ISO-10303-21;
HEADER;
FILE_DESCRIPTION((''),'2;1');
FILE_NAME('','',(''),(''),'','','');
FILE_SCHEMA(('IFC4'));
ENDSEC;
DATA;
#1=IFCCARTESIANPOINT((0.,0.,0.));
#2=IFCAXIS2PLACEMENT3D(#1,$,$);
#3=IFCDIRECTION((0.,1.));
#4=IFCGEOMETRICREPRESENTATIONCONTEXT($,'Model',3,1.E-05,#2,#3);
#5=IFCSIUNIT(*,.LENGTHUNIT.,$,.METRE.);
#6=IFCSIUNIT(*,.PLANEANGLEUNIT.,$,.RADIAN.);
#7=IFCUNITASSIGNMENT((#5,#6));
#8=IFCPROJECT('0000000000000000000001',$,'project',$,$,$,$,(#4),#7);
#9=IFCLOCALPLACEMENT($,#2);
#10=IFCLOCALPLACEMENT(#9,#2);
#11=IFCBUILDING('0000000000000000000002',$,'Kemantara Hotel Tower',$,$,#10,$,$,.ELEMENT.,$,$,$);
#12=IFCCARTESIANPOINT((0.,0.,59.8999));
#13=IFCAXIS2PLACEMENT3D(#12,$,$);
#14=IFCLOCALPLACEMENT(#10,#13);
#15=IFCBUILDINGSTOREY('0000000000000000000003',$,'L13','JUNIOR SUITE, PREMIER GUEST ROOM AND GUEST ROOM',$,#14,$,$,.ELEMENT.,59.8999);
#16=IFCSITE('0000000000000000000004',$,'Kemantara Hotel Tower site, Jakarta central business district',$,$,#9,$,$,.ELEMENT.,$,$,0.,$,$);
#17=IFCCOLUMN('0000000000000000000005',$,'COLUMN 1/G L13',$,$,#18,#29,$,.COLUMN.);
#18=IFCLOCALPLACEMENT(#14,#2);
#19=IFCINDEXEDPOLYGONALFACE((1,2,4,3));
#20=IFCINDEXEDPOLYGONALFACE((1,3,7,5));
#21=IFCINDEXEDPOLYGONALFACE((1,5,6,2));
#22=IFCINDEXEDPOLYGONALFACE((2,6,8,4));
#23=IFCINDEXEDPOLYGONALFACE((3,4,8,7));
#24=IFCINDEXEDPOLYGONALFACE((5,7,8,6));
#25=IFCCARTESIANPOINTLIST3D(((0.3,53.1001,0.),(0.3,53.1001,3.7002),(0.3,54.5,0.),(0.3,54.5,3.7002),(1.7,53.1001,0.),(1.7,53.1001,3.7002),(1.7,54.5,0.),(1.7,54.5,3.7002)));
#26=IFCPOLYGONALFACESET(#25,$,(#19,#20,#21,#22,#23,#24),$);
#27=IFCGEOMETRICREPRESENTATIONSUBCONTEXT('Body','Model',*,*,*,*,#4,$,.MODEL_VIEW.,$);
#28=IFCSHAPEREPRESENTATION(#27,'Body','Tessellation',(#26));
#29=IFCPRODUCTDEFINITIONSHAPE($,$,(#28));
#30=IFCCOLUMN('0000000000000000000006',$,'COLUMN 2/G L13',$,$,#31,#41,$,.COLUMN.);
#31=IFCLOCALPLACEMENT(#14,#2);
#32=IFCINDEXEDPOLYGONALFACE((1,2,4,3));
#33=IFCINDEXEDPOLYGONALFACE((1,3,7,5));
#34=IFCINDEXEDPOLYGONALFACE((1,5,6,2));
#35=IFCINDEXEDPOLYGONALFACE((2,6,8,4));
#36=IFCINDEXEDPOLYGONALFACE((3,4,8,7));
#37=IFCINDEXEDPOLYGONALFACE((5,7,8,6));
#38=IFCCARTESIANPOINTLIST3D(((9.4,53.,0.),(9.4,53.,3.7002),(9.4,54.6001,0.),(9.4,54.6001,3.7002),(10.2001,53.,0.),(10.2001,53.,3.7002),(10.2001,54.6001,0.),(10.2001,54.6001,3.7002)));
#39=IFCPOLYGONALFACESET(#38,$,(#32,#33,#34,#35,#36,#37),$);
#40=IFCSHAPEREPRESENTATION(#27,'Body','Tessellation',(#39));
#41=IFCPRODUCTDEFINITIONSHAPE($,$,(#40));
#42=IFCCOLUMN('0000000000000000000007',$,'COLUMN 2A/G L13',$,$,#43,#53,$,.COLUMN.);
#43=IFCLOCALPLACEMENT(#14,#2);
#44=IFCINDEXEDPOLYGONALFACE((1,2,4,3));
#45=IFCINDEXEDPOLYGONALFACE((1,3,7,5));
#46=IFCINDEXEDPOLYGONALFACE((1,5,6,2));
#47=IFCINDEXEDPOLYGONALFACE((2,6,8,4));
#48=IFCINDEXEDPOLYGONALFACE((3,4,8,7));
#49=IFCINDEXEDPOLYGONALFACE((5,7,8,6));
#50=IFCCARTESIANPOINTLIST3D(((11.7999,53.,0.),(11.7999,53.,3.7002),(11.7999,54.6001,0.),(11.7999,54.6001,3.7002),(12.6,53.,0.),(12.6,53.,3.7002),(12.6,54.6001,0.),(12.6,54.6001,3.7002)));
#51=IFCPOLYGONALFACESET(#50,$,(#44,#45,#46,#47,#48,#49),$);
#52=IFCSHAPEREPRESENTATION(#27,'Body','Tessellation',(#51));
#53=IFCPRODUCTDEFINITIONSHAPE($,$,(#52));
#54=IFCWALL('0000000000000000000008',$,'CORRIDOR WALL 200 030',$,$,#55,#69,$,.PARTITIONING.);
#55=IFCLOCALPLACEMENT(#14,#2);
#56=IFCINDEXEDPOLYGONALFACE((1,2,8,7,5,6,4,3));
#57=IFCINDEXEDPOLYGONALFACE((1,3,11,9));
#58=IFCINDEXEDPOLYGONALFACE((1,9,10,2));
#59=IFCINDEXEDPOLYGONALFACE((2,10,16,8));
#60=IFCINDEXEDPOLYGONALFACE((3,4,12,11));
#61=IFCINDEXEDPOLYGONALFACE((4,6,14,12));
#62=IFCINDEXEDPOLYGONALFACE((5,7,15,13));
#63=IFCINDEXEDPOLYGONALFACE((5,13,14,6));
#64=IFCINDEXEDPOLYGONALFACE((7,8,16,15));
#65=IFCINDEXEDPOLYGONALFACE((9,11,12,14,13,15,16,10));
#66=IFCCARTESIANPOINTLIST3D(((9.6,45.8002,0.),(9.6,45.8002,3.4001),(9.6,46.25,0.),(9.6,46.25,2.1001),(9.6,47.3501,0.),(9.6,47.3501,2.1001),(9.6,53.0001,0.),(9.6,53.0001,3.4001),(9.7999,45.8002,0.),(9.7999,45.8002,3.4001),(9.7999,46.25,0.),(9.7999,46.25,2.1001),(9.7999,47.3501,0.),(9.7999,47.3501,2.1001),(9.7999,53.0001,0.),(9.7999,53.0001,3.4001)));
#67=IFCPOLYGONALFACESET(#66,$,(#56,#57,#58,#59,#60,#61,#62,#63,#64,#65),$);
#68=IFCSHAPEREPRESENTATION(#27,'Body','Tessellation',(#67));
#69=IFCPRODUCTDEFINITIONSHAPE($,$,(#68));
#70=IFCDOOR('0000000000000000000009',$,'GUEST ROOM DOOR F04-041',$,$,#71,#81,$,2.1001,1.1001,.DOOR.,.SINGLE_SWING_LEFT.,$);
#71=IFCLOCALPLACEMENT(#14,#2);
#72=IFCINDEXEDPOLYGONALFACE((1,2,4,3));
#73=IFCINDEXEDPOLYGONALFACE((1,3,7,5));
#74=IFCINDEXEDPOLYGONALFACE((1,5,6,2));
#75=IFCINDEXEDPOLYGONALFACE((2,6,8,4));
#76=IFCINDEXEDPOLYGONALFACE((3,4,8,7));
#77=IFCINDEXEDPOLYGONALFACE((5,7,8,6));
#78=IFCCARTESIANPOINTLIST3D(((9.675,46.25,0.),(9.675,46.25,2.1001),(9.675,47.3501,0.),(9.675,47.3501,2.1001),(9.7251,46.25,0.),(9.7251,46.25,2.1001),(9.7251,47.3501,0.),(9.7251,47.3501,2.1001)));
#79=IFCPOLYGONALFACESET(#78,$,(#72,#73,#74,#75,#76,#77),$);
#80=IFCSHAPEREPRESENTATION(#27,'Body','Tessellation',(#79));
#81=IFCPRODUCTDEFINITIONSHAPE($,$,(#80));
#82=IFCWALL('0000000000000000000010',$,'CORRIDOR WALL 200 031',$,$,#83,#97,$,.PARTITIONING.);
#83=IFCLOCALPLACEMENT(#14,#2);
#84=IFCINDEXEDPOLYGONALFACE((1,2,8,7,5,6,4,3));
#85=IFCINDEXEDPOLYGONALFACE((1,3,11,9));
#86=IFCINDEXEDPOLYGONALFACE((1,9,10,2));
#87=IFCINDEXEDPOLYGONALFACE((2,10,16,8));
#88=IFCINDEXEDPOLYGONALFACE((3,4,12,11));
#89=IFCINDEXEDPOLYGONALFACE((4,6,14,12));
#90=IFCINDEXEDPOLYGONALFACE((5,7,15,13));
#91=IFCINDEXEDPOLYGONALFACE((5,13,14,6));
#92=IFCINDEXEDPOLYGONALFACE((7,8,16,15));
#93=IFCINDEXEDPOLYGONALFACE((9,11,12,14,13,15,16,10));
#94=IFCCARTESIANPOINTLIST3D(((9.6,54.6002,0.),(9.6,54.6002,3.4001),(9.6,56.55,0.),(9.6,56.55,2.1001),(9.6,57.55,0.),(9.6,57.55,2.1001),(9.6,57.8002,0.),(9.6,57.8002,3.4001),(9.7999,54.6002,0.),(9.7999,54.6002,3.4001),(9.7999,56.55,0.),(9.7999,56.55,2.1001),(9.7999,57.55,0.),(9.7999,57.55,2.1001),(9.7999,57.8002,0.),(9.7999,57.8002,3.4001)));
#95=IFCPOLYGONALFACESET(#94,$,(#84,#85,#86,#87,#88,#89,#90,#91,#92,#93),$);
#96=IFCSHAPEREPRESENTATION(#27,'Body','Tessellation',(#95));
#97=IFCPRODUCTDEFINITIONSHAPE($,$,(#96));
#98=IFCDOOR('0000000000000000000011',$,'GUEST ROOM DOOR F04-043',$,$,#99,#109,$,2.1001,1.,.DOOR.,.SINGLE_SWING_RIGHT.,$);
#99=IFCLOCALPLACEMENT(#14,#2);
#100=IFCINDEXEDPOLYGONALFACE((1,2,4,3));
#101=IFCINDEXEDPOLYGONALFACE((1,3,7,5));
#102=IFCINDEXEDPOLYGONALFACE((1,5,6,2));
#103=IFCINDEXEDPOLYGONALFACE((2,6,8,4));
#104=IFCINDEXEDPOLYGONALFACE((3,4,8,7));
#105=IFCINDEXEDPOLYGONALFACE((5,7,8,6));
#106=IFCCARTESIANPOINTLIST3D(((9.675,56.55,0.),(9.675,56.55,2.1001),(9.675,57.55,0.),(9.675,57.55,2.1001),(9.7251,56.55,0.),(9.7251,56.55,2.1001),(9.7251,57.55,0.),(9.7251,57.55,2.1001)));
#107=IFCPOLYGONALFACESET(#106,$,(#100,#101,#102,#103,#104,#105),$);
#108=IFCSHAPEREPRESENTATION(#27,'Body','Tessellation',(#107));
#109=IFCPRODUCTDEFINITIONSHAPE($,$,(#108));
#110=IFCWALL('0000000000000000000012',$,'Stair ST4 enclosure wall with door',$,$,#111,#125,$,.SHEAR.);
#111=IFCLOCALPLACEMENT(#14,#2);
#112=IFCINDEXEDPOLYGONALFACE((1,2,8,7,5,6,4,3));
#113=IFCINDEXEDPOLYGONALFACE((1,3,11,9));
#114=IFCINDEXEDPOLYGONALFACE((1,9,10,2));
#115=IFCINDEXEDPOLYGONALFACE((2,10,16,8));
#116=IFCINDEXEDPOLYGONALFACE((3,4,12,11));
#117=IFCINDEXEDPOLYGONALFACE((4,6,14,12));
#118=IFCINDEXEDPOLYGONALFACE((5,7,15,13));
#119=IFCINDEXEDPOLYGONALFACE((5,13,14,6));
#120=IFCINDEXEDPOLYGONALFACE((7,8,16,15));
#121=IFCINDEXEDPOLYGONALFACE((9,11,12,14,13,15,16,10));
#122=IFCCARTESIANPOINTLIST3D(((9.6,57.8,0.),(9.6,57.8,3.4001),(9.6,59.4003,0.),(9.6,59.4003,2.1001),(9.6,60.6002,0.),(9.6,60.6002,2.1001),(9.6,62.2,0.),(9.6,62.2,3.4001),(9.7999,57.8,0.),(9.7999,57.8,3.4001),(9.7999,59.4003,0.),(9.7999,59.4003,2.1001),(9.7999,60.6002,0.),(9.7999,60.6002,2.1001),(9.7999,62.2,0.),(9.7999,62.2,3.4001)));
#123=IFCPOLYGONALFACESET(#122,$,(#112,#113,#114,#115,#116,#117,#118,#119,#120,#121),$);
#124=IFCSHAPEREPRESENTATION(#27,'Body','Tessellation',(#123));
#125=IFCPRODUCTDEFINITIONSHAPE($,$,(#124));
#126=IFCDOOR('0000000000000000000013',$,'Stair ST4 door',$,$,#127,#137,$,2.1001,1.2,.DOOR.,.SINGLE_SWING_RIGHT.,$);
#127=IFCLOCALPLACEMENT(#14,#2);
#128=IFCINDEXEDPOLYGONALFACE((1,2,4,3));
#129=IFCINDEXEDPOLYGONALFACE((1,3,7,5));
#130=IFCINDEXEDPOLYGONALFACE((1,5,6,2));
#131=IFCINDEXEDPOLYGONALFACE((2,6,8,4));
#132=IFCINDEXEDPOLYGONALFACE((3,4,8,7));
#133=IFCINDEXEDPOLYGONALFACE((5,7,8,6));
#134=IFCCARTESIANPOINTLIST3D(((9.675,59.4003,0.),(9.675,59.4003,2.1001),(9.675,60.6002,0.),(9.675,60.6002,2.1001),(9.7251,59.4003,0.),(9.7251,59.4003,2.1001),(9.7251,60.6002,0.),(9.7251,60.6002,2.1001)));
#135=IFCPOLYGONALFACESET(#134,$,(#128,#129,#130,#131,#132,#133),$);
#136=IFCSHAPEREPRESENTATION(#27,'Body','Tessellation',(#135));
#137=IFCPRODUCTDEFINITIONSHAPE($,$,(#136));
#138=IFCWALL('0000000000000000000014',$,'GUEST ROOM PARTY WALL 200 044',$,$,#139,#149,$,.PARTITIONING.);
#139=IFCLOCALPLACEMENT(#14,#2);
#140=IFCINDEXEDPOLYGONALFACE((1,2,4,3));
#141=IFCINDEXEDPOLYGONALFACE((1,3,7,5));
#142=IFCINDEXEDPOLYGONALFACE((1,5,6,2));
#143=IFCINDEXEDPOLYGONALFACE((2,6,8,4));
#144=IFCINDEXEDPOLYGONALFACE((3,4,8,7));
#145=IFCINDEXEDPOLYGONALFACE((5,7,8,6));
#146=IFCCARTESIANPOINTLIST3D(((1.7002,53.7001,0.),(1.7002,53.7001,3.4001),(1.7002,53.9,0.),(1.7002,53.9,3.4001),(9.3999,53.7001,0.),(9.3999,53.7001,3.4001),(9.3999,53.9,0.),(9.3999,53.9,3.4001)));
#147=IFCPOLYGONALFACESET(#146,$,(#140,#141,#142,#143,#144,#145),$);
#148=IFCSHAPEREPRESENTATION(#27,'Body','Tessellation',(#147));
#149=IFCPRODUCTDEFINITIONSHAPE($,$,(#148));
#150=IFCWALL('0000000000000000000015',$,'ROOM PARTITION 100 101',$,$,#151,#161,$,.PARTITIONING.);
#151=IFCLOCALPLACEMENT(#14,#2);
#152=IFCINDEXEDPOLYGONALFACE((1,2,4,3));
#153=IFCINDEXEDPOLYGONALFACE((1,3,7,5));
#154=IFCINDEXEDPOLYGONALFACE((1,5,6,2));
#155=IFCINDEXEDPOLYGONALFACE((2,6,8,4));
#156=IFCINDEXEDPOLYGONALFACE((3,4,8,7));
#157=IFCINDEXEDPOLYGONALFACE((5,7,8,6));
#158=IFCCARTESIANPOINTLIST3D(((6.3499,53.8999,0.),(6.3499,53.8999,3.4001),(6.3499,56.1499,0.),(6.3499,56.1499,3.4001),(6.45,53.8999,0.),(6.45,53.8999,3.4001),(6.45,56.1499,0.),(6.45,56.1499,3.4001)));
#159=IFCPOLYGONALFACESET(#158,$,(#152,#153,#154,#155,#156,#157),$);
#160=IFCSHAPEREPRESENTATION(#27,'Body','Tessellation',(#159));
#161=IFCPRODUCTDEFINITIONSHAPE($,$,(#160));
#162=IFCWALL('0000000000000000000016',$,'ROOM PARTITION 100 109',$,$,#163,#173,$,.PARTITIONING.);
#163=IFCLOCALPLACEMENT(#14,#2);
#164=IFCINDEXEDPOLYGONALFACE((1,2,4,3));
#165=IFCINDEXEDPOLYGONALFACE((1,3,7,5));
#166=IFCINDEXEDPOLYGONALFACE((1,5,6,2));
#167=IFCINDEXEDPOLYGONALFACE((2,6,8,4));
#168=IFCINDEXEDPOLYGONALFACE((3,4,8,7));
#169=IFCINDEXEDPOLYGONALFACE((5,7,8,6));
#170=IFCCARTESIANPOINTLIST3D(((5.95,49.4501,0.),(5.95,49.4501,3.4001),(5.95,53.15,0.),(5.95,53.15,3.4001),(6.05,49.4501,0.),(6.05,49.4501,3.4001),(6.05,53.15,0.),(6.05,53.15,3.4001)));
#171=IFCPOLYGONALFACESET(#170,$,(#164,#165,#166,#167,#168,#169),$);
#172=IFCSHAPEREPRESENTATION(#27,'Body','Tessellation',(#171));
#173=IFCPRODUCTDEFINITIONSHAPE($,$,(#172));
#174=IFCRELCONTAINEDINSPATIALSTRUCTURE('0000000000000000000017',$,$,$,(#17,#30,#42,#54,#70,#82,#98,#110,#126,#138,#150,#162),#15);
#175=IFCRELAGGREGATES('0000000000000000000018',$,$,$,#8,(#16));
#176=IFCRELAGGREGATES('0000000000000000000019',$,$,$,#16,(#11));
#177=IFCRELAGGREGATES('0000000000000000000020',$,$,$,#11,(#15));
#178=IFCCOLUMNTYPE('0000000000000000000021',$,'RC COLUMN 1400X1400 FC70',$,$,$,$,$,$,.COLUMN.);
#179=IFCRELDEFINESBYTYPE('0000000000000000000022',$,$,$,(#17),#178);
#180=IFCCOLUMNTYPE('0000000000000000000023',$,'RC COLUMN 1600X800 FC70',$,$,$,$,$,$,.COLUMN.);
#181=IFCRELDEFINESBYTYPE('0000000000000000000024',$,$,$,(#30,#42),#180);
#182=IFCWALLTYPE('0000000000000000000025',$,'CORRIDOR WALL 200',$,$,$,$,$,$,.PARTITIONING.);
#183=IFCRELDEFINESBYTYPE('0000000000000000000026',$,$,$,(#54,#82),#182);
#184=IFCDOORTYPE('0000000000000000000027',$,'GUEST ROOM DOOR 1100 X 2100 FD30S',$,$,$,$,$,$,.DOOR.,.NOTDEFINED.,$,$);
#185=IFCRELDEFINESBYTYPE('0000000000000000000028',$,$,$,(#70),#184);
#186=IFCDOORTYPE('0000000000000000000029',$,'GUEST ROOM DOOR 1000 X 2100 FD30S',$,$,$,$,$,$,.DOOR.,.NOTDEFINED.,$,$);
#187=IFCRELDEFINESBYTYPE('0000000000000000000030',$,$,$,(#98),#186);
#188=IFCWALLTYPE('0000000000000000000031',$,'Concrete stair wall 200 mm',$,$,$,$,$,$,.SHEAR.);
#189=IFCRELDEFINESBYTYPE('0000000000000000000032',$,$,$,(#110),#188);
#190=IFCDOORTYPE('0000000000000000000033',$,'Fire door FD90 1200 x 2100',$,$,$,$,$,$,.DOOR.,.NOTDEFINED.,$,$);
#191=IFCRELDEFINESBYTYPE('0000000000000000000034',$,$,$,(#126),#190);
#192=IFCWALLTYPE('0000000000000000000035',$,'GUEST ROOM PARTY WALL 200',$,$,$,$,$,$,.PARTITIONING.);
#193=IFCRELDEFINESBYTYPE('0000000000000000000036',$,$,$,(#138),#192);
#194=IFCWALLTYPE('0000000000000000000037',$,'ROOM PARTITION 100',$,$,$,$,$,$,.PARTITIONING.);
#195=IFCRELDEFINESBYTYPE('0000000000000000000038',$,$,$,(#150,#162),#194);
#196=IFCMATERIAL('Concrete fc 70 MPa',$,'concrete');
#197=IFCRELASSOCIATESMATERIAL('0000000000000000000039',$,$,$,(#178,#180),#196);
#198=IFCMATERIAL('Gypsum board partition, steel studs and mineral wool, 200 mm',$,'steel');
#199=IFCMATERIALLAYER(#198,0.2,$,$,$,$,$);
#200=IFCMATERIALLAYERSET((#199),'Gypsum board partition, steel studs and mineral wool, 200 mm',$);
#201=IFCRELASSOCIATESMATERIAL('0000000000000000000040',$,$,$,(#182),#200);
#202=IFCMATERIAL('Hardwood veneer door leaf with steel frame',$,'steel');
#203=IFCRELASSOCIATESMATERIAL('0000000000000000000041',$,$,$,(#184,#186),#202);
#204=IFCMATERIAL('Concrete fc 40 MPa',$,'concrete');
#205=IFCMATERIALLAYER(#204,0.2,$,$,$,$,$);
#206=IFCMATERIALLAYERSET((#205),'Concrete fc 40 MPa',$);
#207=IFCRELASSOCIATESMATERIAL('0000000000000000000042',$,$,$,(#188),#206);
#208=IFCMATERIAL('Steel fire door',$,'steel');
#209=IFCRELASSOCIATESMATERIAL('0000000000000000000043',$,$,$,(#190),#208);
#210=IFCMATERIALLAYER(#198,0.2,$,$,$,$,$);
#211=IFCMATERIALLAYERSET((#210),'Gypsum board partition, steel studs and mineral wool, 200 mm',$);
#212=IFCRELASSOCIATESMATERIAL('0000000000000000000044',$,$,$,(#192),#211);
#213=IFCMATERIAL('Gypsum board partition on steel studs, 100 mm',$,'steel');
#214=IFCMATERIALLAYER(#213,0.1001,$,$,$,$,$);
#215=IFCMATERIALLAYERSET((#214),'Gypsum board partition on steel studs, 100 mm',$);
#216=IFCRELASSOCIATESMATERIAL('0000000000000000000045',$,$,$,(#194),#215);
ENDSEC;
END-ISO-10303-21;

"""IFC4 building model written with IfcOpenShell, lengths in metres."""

from ifc_helpers import new_model, si_unit, direction, frame, frame_2d, origin, origin_2d, place, context, subcontext, project, spatial, rectangle, extrude, material, layer, layer_set, material_profile, profile_set, type_object, element, fill, save


model = new_model("IFC4")

# Units and contexts
model_context = context("Model", 3, precision=1e-05, world=origin(), true_north=direction((0.0, 1.0)))
body_context = subcontext(model_context, "Body", "Model", "MODEL_VIEW")
ifc_project = project(units=[si_unit("LENGTHUNIT", "METRE"), si_unit("PLANEANGLEUNIT", "RADIAN")], contexts=[model_context])

# Site, building, storey
site_placement = place(None, origin())
site = spatial("IfcSite", under=ifc_project, at=site_placement, Name="Kemantara Hotel Tower site, Jakarta central business district", CompositionType="ELEMENT", RefElevation=0.0)
building_placement = place(site_placement, origin())
building = spatial("IfcBuilding", under=site, at=building_placement, Name="Kemantara Hotel Tower", CompositionType="ELEMENT")
storey_placement = place(building_placement, frame((0.0, 0.0, 59.8999)))
storey = spatial("IfcBuildingStorey", under=building, at=storey_placement, Name="L13", Description="JUNIOR SUITE, PREMIER GUEST ROOM AND GUEST ROOM", CompositionType="ELEMENT", Elevation=59.8999)

# Columns
ifc_material_1 = material(Name="Concrete fc 70 MPa", Category="concrete")
ifc_material_profile_1 = material_profile(ifc_material_1, rectangle(XDim=1.3999, YDim=1.3999, at=origin_2d()), Name="RC 1400X1400")
ifc_profile_set_1 = profile_set([ifc_material_profile_1], Name="Concrete fc 70 MPa")
column_type_1 = type_object("IfcColumnType", Name="RC COLUMN 1400X1400 FC70", PredefinedType="COLUMN", material=ifc_profile_set_1)
column_placement = place(storey_placement, frame((1.0, 53.8, 0.0), z_axis=(0.0, 0.0, 1.0), x_axis=(1.0, 0.0, 0.0)))
element("IfcColumn", 1, at=column_placement, inside=storey, type_object=column_type_1, Name="COLUMN 1/G L13", PredefinedType="COLUMN", context=body_context, shape_type="SweptSolid", body=[
    extrude(rectangle(XDim=1.3999, YDim=1.3999, at=origin_2d()), origin(), (0.0, 0.0, 1.0), 3.7002),
])
ifc_material_profile_2 = material_profile(ifc_material_1, rectangle(XDim=1.6001, YDim=0.8, at=origin_2d()), Name="RC 1600X800")
ifc_profile_set_2 = profile_set([ifc_material_profile_2], Name="Concrete fc 70 MPa")
column_type_2 = type_object("IfcColumnType", Name="RC COLUMN 1600X800 FC70", PredefinedType="COLUMN", material=ifc_profile_set_2)
for number, where, z_axis, x_axis, name in (
    (2, (9.8, 53.8, 0.0), (0.0, 0.0, 1.0), (0.0, 1.0, 0.0), "COLUMN 2/G L13"),
    (3, (12.2, 53.8, 0.0), (0.0, 0.0, 1.0), (0.0, 1.0, 0.0), "COLUMN 2A/G L13"),
):
    element("IfcColumn", number, at=place(storey_placement, frame(where, z_axis=z_axis, x_axis=x_axis)), inside=storey, type_object=column_type_2, Name=name, PredefinedType="COLUMN", context=body_context, shape_type="SweptSolid", body=[
        extrude(rectangle(XDim=1.6001, YDim=0.8, at=origin_2d()), origin(), (0.0, 0.0, 1.0), 3.7002),
    ])

# Walls, openings, doors
ifc_material_2 = material(Name="Gypsum board partition, steel studs and mineral wool, 200 mm", Category="steel")
ifc_layer_1 = layer(ifc_material_2, 0.2)
ifc_layer_set_1 = layer_set([ifc_layer_1], Name="Gypsum board partition, steel studs and mineral wool, 200 mm")
wall_type_1 = type_object("IfcWallType", Name="CORRIDOR WALL 200", PredefinedType="PARTITIONING", material=ifc_layer_set_1)
wall_1_placement = place(storey_placement, frame((9.7, 45.8, 0.0), z_axis=(0.0, 0.0, 1.0), x_axis=(0.0, 1.0, 0.0)))
wall_1 = element("IfcWall", 4, at=wall_1_placement, inside=storey, type_object=wall_type_1, Name="CORRIDOR WALL 200 030", PredefinedType="PARTITIONING", context=body_context, shape_type="SweptSolid", body=[
    extrude(rectangle(XDim=7.2, YDim=0.2, at=frame_2d((3.6001, 0.0))), origin(), (0.0, 0.0, 1.0), 3.4001),
])
opening_1_placement = place(wall_1_placement, frame((0.45, 0.0, 0.0)))
opening_1 = element("IfcOpeningElement", 5, at=opening_1_placement, cuts=wall_1, PredefinedType="OPENING", context=body_context, shape_type="SweptSolid", body=[
    extrude(rectangle(XDim=1.1001, YDim=2.1001, at=frame_2d((0.55, 1.05))), frame((0.0, 0.1099, 0.0), z_axis=(0.0, -1.0, 0.0), x_axis=(1.0, 0.0, 0.0)), (0.0, 0.0, 1.0), 0.22),
])
ifc_material_3 = material(Name="Hardwood veneer door leaf with steel frame", Category="steel")
door_type_1 = type_object("IfcDoorType", Name="GUEST ROOM DOOR 1100 X 2100 FD30S", OperationType="NOTDEFINED", PredefinedType="DOOR", material=ifc_material_3)
door_1_placement = place(opening_1_placement, origin())
door_1 = element("IfcDoor", 6, at=door_1_placement, inside=storey, type_object=door_type_1, Name="GUEST ROOM DOOR F04-041", OperationType="SINGLE_SWING_LEFT", OverallHeight=2.1001, OverallWidth=1.1001, PredefinedType="DOOR", context=body_context, shape_type="SweptSolid", body=[
    extrude(rectangle(XDim=1.1001, YDim=2.1001, at=frame_2d((0.55, 1.05))), frame((0.0, 0.0249, 0.0), z_axis=(0.0, -1.0, 0.0), x_axis=(1.0, 0.0, 0.0)), (0.0, 0.0, 1.0), 0.05),
])
fill(opening_1, door_1)
wall_2_placement = place(storey_placement, frame((9.7, 54.6001, 0.0), z_axis=(0.0, 0.0, 1.0), x_axis=(0.0, 1.0, 0.0)))
wall_2 = element("IfcWall", 7, at=wall_2_placement, inside=storey, type_object=wall_type_1, Name="CORRIDOR WALL 200 031", PredefinedType="PARTITIONING", context=body_context, shape_type="SweptSolid", body=[
    extrude(rectangle(XDim=3.2, YDim=0.2, at=frame_2d((1.6001, 0.0))), origin(), (0.0, 0.0, 1.0), 3.4001),
])
opening_2_placement = place(wall_2_placement, frame((1.95, 0.0, 0.0)))
opening_2 = element("IfcOpeningElement", 8, at=opening_2_placement, cuts=wall_2, PredefinedType="OPENING", context=body_context, shape_type="SweptSolid", body=[
    extrude(rectangle(XDim=1.0, YDim=2.1001, at=frame_2d((0.5, 1.05))), frame((0.0, 0.1099, 0.0), z_axis=(0.0, -1.0, 0.0), x_axis=(1.0, 0.0, 0.0)), (0.0, 0.0, 1.0), 0.22),
])
door_type_2 = type_object("IfcDoorType", Name="GUEST ROOM DOOR 1000 X 2100 FD30S", OperationType="NOTDEFINED", PredefinedType="DOOR", material=ifc_material_3)
door_2_placement = place(opening_2_placement, origin())
door_2 = element("IfcDoor", 9, at=door_2_placement, inside=storey, type_object=door_type_2, Name="GUEST ROOM DOOR F04-043", OperationType="SINGLE_SWING_RIGHT", OverallHeight=2.1001, OverallWidth=1.0, PredefinedType="DOOR", context=body_context, shape_type="SweptSolid", body=[
    extrude(rectangle(XDim=1.0, YDim=2.1001, at=frame_2d((0.5, 1.05))), frame((0.0, 0.0249, 0.0), z_axis=(0.0, -1.0, 0.0), x_axis=(1.0, 0.0, 0.0)), (0.0, 0.0, 1.0), 0.05),
])
fill(opening_2, door_2)
ifc_material_4 = material(Name="Concrete fc 40 MPa", Category="concrete")
ifc_layer_2 = layer(ifc_material_4, 0.2)
ifc_layer_set_2 = layer_set([ifc_layer_2], Name="Concrete fc 40 MPa")
wall_type_2 = type_object("IfcWallType", Name="Concrete stair wall 200 mm", PredefinedType="SHEAR", material=ifc_layer_set_2)
wall_3_placement = place(storey_placement, frame((9.7, 57.8, 0.0), z_axis=(0.0, 0.0, 1.0), x_axis=(0.0, 1.0, 0.0)))
wall_3 = element("IfcWall", 10, at=wall_3_placement, inside=storey, type_object=wall_type_2, Name="Stair ST4 enclosure wall with door", PredefinedType="SHEAR", context=body_context, shape_type="SweptSolid", body=[
    extrude(rectangle(XDim=4.3999, YDim=0.2, at=frame_2d((2.2, 0.0))), origin(), (0.0, 0.0, 1.0), 3.4001),
])
opening_3_placement = place(wall_3_placement, frame((1.6001, 0.0, 0.0)))
opening_3 = element("IfcOpeningElement", 11, at=opening_3_placement, cuts=wall_3, PredefinedType="OPENING", context=body_context, shape_type="SweptSolid", body=[
    extrude(rectangle(XDim=1.2, YDim=2.1001, at=frame_2d((0.6001, 1.05))), frame((0.0, 0.1099, 0.0), z_axis=(0.0, -1.0, 0.0), x_axis=(1.0, 0.0, 0.0)), (0.0, 0.0, 1.0), 0.22),
])
ifc_material_5 = material(Name="Steel fire door", Category="steel")
door_type_3 = type_object("IfcDoorType", Name="Fire door FD90 1200 x 2100", OperationType="NOTDEFINED", PredefinedType="DOOR", material=ifc_material_5)
door_3_placement = place(opening_3_placement, origin())
door_3 = element("IfcDoor", 12, at=door_3_placement, inside=storey, type_object=door_type_3, Name="Stair ST4 door", OperationType="SINGLE_SWING_RIGHT", OverallHeight=2.1001, OverallWidth=1.2, PredefinedType="DOOR", context=body_context, shape_type="SweptSolid", body=[
    extrude(rectangle(XDim=1.2, YDim=2.1001, at=frame_2d((0.6001, 1.05))), frame((0.0, 0.0249, 0.0), z_axis=(0.0, -1.0, 0.0), x_axis=(1.0, 0.0, 0.0)), (0.0, 0.0, 1.0), 0.05),
])
fill(opening_3, door_3)

# Walls
ifc_layer_3 = layer(ifc_material_2, 0.2)
ifc_layer_set_3 = layer_set([ifc_layer_3], Name="Gypsum board partition, steel studs and mineral wool, 200 mm")
wall_type_3 = type_object("IfcWallType", Name="GUEST ROOM PARTY WALL 200", PredefinedType="PARTITIONING", material=ifc_layer_set_3)
wall_4_placement = place(storey_placement, frame((1.7002, 53.8, 0.0), z_axis=(0.0, 0.0, 1.0), x_axis=(1.0, 0.0, 0.0)))
element("IfcWall", 13, at=wall_4_placement, inside=storey, type_object=wall_type_3, Name="GUEST ROOM PARTY WALL 200 044", PredefinedType="PARTITIONING", context=body_context, shape_type="SweptSolid", body=[
    extrude(rectangle(XDim=7.6997, YDim=0.2, at=frame_2d((3.8499, 0.0))), origin(), (0.0, 0.0, 1.0), 3.4001),
])
ifc_material_6 = material(Name="Gypsum board partition on steel studs, 100 mm", Category="steel")
ifc_layer_4 = layer(ifc_material_6, 0.1001)
ifc_layer_set_4 = layer_set([ifc_layer_4], Name="Gypsum board partition on steel studs, 100 mm")
wall_type_4 = type_object("IfcWallType", Name="ROOM PARTITION 100", PredefinedType="PARTITIONING", material=ifc_layer_set_4)
wall_5_placement = place(storey_placement, frame((6.3999, 53.8999, 0.0), z_axis=(0.0, 0.0, 1.0), x_axis=(0.0, 1.0, 0.0)))
element("IfcWall", 14, at=wall_5_placement, inside=storey, type_object=wall_type_4, Name="ROOM PARTITION 100 101", PredefinedType="PARTITIONING", context=body_context, shape_type="SweptSolid", body=[
    extrude(rectangle(XDim=2.25, YDim=0.1001, at=frame_2d((1.125, 0.0))), origin(), (0.0, 0.0, 1.0), 3.4001),
])
wall_6_placement = place(storey_placement, frame((6.0, 49.45, 0.0), z_axis=(0.0, 0.0, 1.0), x_axis=(0.0, 1.0, 0.0)))
element("IfcWall", 15, at=wall_6_placement, inside=storey, type_object=wall_type_4, Name="ROOM PARTITION 100 109", PredefinedType="PARTITIONING", context=body_context, shape_type="SweptSolid", body=[
    extrude(rectangle(XDim=3.7, YDim=0.1001, at=frame_2d((1.8501, 0.0))), origin(), (0.0, 0.0, 1.0), 3.4001),
])

save(model, "model.ifc")
